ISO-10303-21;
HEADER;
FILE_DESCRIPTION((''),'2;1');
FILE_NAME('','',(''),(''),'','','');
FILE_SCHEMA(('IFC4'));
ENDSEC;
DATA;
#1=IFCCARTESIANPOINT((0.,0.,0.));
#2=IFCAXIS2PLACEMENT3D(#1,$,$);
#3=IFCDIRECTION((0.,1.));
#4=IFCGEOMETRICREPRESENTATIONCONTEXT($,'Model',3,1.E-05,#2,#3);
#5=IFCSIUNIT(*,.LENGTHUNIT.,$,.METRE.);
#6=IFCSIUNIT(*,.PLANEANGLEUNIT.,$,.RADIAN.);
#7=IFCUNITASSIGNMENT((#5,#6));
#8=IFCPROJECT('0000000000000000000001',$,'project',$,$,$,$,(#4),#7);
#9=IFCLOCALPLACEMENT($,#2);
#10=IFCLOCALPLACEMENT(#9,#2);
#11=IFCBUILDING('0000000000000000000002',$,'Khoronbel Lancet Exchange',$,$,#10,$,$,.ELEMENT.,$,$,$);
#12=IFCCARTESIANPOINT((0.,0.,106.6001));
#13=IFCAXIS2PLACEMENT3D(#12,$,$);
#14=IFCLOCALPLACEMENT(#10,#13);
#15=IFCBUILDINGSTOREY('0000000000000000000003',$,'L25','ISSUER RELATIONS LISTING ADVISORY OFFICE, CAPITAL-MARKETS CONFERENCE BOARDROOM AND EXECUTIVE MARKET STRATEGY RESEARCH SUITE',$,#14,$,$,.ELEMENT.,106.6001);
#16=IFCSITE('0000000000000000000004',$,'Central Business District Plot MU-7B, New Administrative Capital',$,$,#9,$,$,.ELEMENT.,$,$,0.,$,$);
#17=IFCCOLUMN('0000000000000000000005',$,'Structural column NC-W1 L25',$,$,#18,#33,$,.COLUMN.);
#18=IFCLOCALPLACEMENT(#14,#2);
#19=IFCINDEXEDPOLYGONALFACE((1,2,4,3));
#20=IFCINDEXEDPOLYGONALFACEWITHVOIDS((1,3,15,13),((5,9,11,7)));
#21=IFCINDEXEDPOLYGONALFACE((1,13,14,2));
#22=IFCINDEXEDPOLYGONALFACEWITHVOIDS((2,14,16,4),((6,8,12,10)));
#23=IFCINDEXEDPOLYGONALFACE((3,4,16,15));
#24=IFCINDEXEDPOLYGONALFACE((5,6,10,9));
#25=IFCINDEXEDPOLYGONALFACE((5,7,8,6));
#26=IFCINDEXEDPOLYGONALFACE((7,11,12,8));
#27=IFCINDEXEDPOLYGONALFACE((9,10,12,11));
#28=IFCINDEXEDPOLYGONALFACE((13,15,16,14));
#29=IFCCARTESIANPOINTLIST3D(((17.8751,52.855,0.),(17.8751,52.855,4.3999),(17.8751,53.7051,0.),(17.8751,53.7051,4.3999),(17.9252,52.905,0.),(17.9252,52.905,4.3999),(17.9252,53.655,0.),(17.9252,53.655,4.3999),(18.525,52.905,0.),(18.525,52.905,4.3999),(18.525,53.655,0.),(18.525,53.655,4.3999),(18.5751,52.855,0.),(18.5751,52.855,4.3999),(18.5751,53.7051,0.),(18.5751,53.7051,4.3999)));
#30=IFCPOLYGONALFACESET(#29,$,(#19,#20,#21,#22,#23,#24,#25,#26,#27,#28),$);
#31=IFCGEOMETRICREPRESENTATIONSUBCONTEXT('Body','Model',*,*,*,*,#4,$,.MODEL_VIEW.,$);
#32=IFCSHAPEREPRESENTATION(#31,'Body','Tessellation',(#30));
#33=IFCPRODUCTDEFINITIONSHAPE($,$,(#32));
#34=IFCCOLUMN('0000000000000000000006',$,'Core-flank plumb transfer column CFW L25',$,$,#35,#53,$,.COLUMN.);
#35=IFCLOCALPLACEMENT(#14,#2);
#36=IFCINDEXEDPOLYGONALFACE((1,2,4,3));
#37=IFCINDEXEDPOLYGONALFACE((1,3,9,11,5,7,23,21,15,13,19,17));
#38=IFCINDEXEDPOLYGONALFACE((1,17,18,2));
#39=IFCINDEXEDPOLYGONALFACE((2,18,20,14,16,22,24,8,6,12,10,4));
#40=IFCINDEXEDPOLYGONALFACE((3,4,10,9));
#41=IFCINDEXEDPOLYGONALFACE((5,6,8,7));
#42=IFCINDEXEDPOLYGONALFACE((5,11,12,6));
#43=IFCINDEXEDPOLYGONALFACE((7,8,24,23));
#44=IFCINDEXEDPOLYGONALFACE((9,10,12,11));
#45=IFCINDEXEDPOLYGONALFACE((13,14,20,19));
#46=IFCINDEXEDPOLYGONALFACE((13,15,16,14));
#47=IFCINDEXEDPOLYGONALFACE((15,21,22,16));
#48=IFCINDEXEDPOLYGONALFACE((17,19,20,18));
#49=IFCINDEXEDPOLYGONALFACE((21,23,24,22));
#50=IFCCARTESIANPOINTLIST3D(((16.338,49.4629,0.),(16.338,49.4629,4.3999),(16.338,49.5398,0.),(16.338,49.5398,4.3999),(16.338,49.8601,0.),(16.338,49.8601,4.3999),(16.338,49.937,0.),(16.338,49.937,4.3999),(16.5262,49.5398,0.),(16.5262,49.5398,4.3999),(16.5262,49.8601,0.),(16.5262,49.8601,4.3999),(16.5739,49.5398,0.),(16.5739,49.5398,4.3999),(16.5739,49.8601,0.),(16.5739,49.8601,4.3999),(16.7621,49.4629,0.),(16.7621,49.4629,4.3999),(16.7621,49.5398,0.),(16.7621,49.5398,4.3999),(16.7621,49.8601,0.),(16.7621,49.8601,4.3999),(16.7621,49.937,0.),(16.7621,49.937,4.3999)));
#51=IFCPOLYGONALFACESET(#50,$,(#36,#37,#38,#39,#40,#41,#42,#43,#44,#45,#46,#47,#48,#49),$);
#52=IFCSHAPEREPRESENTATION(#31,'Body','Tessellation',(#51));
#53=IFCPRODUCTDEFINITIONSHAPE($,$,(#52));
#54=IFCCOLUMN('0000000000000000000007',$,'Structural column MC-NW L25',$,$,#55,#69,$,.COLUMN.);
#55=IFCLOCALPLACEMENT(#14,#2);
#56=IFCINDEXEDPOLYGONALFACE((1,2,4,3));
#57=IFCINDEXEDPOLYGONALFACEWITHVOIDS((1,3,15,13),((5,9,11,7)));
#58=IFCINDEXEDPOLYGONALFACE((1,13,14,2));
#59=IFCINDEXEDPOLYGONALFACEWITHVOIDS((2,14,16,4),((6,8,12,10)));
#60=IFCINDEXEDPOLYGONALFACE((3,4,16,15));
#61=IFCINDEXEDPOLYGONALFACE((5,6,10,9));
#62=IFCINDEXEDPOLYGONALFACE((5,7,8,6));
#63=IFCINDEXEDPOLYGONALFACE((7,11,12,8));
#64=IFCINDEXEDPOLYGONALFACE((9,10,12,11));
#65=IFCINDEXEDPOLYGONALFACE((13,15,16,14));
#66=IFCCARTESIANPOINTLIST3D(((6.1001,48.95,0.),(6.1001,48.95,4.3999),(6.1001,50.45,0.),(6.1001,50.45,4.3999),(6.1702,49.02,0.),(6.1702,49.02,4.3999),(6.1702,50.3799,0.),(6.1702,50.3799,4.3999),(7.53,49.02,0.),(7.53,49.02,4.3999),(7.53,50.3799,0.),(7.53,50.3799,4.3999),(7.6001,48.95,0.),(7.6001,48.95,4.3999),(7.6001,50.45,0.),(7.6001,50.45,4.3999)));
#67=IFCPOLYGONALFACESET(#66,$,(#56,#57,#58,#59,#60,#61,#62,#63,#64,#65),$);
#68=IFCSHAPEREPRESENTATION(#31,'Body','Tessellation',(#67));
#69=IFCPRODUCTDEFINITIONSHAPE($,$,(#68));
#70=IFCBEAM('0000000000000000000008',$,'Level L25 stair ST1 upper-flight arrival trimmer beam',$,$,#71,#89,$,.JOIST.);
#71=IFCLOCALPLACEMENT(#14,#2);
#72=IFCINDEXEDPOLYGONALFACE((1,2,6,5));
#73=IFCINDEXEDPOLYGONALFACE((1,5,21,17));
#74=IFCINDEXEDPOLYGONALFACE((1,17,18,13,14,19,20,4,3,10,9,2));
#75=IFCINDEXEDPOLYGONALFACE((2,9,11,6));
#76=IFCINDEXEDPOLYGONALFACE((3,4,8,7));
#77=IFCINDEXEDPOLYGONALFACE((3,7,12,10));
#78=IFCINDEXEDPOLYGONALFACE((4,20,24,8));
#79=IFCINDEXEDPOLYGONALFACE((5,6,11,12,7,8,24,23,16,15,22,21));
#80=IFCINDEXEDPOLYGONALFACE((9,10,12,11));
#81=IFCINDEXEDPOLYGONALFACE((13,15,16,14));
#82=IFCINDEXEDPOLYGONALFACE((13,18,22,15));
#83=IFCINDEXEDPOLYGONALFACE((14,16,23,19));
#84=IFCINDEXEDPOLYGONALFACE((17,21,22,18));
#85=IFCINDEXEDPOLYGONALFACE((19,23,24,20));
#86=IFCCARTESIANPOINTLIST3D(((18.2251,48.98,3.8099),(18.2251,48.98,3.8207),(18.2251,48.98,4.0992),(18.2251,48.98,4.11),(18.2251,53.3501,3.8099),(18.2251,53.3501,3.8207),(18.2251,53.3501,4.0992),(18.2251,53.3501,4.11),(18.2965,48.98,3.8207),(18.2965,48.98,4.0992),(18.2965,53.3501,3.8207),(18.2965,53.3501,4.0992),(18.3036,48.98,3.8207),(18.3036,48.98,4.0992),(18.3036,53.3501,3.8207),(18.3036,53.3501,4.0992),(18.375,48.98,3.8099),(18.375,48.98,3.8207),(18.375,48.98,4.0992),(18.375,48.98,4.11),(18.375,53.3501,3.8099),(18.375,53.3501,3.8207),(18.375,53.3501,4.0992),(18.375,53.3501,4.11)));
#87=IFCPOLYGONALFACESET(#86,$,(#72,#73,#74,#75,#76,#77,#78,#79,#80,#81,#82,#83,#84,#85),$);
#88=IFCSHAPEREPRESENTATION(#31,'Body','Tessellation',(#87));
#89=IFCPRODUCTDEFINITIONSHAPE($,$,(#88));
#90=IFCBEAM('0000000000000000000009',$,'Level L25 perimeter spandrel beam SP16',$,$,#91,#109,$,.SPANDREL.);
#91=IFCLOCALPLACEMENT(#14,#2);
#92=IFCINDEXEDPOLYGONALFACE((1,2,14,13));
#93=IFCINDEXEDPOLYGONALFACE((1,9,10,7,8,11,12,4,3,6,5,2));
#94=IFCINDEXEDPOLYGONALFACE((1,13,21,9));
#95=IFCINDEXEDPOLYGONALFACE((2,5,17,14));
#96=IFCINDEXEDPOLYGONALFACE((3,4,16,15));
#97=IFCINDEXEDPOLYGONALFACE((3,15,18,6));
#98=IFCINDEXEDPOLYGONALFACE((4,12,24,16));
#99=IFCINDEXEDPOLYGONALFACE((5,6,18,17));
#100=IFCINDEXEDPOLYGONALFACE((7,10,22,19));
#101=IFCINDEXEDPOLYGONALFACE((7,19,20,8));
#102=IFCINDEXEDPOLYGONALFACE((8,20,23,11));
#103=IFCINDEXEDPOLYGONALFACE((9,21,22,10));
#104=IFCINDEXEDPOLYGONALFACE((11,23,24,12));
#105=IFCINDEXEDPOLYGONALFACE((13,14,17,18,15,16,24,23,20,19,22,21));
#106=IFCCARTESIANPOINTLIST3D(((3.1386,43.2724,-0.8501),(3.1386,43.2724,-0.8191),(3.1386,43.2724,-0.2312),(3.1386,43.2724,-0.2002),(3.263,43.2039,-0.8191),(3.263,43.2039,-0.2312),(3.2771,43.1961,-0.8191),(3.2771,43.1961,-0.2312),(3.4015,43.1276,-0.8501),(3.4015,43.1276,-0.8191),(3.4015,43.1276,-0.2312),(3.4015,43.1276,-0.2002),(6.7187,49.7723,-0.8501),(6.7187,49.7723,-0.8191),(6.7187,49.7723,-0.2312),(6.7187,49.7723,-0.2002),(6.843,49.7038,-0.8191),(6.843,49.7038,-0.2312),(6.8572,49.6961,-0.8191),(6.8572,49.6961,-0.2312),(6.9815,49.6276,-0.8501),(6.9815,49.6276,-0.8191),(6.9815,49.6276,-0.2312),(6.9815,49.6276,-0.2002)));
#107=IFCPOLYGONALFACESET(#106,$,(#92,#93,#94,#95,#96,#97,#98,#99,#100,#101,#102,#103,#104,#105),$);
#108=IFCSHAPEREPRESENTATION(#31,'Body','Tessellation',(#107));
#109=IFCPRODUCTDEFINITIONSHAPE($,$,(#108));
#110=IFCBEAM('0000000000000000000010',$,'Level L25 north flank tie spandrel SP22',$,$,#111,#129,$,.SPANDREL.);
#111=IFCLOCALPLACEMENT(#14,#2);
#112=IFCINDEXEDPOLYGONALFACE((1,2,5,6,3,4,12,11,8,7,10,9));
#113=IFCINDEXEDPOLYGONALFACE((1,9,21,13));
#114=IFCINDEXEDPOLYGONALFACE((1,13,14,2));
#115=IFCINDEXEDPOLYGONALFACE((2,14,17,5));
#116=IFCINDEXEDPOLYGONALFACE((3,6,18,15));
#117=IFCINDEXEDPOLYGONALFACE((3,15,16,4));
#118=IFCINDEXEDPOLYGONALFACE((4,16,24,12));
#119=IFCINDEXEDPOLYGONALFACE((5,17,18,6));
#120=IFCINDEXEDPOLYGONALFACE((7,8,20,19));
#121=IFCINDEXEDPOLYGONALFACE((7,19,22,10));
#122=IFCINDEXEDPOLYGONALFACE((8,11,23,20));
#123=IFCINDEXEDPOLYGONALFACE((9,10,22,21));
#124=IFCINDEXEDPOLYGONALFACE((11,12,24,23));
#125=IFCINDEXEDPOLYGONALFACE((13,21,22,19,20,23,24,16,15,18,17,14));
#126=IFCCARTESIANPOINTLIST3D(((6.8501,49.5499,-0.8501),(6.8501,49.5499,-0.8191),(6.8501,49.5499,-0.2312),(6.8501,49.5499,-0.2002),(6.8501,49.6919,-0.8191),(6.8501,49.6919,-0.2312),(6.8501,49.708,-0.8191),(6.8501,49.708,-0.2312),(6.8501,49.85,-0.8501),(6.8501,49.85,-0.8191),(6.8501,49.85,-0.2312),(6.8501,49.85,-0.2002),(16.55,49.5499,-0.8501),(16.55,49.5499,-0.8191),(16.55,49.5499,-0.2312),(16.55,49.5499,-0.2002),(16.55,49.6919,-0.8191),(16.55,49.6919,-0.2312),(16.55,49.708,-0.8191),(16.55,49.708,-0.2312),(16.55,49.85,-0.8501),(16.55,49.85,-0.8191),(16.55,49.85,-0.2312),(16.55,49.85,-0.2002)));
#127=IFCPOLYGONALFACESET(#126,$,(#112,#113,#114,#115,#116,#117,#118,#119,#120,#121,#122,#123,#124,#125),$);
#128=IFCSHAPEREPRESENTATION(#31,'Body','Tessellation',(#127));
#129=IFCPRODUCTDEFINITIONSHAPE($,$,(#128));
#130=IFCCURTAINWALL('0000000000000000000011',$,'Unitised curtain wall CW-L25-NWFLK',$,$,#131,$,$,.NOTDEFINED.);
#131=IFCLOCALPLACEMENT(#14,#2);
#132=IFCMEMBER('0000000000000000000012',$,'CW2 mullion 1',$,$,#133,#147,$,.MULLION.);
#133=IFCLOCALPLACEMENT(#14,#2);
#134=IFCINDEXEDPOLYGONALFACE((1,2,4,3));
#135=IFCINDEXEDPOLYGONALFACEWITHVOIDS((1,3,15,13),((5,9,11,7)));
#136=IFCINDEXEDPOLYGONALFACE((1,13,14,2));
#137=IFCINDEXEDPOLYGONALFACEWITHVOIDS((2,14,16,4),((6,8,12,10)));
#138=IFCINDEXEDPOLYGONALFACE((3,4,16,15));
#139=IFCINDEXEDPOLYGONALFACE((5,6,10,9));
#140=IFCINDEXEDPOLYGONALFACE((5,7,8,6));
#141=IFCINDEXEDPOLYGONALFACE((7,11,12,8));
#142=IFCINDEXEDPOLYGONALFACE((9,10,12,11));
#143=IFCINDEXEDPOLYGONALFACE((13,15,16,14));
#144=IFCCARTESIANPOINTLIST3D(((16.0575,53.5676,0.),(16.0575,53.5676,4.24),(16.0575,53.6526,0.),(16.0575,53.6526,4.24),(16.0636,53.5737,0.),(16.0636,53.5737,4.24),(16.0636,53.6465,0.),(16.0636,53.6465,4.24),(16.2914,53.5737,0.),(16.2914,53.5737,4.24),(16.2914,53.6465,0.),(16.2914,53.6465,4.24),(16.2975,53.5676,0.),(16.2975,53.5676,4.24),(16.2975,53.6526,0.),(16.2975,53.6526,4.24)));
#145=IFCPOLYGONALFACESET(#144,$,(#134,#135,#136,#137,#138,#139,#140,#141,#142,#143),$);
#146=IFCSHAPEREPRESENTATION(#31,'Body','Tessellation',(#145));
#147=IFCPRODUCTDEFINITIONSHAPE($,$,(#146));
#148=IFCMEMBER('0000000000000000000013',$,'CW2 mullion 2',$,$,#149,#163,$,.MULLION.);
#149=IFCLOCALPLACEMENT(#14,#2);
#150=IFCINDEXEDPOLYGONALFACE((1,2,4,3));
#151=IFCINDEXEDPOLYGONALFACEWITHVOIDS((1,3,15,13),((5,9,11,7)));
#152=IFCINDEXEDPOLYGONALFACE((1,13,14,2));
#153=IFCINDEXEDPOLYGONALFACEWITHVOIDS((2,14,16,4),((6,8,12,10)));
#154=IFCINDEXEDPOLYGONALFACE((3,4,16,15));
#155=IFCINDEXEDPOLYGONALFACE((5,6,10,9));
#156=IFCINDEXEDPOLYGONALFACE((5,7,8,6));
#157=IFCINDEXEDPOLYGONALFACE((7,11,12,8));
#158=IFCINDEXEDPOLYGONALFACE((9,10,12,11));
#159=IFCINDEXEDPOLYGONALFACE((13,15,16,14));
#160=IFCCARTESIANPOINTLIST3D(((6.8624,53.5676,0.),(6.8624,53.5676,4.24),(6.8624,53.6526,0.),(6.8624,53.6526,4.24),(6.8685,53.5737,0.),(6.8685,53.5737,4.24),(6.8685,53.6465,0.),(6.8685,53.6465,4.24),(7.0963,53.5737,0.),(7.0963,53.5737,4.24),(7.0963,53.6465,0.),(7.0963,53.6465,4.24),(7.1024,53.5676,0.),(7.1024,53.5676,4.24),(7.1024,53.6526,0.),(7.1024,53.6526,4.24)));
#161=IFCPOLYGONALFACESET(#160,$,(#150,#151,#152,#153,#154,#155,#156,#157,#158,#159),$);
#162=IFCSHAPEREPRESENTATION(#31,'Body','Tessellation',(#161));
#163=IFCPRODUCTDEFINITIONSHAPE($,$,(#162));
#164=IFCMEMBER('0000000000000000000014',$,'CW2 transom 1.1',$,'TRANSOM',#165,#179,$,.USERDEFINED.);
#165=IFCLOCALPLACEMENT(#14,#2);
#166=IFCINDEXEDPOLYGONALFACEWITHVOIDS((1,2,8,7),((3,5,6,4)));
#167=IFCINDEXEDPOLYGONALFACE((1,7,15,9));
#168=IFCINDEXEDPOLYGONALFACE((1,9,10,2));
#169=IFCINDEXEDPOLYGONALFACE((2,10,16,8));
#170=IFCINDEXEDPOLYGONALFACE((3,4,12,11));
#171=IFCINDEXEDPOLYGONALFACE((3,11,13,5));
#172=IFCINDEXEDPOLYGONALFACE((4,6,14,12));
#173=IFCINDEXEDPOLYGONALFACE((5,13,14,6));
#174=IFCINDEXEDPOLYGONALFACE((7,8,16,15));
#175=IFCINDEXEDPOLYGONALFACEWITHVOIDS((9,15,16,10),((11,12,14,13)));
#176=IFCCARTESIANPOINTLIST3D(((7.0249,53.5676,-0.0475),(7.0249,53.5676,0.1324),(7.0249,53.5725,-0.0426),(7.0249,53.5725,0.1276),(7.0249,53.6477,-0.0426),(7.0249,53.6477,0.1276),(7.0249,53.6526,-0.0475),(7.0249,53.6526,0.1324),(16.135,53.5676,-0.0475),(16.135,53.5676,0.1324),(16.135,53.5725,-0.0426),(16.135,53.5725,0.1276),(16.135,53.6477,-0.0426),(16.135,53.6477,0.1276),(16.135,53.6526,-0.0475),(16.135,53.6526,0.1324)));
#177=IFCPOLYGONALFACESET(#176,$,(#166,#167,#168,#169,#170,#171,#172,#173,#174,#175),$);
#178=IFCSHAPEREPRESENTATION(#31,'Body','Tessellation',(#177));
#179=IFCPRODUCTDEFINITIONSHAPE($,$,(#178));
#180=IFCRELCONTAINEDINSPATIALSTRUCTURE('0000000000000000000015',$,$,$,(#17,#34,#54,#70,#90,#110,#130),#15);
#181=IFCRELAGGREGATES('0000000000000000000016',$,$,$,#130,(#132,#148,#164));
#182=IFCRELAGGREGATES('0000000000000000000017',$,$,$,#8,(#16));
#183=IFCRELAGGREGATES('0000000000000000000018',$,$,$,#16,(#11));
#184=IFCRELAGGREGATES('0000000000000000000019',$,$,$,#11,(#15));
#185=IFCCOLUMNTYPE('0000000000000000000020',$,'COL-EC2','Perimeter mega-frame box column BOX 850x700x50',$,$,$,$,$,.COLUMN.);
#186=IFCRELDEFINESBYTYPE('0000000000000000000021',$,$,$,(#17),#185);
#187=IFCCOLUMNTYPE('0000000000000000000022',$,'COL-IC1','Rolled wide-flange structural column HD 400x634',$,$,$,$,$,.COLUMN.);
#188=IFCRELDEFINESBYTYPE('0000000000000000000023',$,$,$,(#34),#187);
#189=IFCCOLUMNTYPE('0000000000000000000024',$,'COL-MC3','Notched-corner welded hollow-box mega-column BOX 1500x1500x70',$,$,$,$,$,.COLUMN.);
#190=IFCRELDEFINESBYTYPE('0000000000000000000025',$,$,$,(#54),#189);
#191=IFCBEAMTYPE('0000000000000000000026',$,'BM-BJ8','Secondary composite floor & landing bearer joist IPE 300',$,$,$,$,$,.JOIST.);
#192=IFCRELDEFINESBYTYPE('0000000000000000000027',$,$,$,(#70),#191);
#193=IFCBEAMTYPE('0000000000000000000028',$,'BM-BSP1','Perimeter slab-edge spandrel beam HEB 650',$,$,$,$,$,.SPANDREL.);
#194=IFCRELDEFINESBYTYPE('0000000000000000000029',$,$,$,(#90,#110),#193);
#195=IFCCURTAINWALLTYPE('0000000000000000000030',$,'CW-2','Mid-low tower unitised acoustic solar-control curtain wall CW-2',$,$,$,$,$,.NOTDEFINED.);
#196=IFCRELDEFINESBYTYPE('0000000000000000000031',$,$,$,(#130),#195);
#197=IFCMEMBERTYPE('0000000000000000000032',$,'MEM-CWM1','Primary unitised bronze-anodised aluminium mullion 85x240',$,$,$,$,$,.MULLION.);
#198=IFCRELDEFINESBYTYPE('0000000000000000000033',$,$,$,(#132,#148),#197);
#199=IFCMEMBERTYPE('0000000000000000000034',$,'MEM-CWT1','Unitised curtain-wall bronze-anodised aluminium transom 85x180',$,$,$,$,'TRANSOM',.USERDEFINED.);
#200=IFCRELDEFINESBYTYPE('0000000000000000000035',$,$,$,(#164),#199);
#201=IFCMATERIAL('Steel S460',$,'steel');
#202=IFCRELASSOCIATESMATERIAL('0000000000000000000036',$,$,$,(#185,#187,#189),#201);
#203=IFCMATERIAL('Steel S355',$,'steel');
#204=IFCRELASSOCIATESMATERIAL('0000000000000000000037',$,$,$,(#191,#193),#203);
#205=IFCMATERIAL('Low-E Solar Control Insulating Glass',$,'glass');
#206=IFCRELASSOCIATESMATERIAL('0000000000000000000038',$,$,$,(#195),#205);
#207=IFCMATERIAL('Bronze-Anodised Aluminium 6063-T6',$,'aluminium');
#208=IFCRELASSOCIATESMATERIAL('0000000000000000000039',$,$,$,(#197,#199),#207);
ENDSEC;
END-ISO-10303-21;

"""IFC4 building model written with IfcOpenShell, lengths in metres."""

from ifc_helpers import new_model, si_unit, direction, frame, origin, origin_2d, place, context, subcontext, project, spatial, hollow_rectangle, i_section, extrude, material, material_profile, profile_set, type_object, element, aggregate, save


model = new_model("IFC4")

# Units and contexts
model_context = context("Model", 3, precision=1e-05, world=origin(), true_north=direction((0.0, 1.0)))
body_context = subcontext(model_context, "Body", "Model", "MODEL_VIEW")
ifc_project = project(units=[si_unit("LENGTHUNIT", "METRE"), si_unit("PLANEANGLEUNIT", "RADIAN")], contexts=[model_context])

# Site, building, storey
site_placement = place(None, origin())
site = spatial("IfcSite", under=ifc_project, at=site_placement, Name="Central Business District Plot MU-7B, New Administrative Capital", CompositionType="ELEMENT", RefElevation=0.0)
building_placement = place(site_placement, origin())
building = spatial("IfcBuilding", under=site, at=building_placement, Name="Khoronbel Lancet Exchange", CompositionType="ELEMENT")
storey_placement = place(building_placement, frame((0.0, 0.0, 106.6001)))
storey = spatial("IfcBuildingStorey", under=building, at=storey_placement, Name="L25", Description="ISSUER RELATIONS LISTING ADVISORY OFFICE, CAPITAL-MARKETS CONFERENCE BOARDROOM AND EXECUTIVE MARKET STRATEGY RESEARCH SUITE", CompositionType="ELEMENT", Elevation=106.6001)

# Columns
ifc_material_1 = material(Name="Steel S460", Category="steel")
ifc_material_profile_1 = material_profile(ifc_material_1, hollow_rectangle(XDim=0.7, YDim=0.8501, WallThickness=0.05, at=origin_2d()), Name="BOX 850x700x50")
ifc_profile_set_1 = profile_set([ifc_material_profile_1], Name="Steel S460")
column_type_1 = type_object("IfcColumnType", Name="COL-EC2", Description="Perimeter mega-frame box column BOX 850x700x50", PredefinedType="COLUMN", material=ifc_profile_set_1)
column_1_placement = place(storey_placement, frame((18.2251, 53.28, 0.0), z_axis=(0.0, 0.0, 1.0), x_axis=(1.0, 0.0, 0.0)))
element("IfcColumn", 1, at=column_1_placement, inside=storey, type_object=column_type_1, Name="Structural column NC-W1 L25", PredefinedType="COLUMN", context=body_context, shape_type="SweptSolid", body=[
    extrude(hollow_rectangle(XDim=0.7, YDim=0.8501, WallThickness=0.05, at=origin_2d()), origin(), (0.0, 0.0, 1.0), 4.3999),
])
ifc_material_profile_2 = material_profile(ifc_material_1, i_section(OverallWidth=0.4241, OverallDepth=0.4741, WebThickness=0.0476, FlangeThickness=0.0769, at=origin_2d()), Name="HD 400x634")
ifc_profile_set_2 = profile_set([ifc_material_profile_2], Name="Steel S460")
column_type_2 = type_object("IfcColumnType", Name="COL-IC1", Description="Rolled wide-flange structural column HD 400x634", PredefinedType="COLUMN", material=ifc_profile_set_2)
column_2_placement = place(storey_placement, frame((16.55, 49.7, 0.0), z_axis=(0.0, 0.0, 1.0), x_axis=(1.0, 0.0, 0.0)))
element("IfcColumn", 2, at=column_2_placement, inside=storey, type_object=column_type_2, Name="Core-flank plumb transfer column CFW L25", PredefinedType="COLUMN", context=body_context, shape_type="SweptSolid", body=[
    extrude(i_section(OverallWidth=0.4241, OverallDepth=0.4741, WebThickness=0.0476, FlangeThickness=0.0769, at=origin_2d()), origin(), (0.0, 0.0, 1.0), 4.3999),
])
ifc_material_profile_3 = material_profile(ifc_material_1, hollow_rectangle(XDim=1.5, YDim=1.5, WallThickness=0.0701, at=origin_2d()), Name="BOX 1500x1500x70")
ifc_profile_set_3 = profile_set([ifc_material_profile_3], Name="Steel S460")
column_type_3 = type_object("IfcColumnType", Name="COL-MC3", Description="Notched-corner welded hollow-box mega-column BOX 1500x1500x70", PredefinedType="COLUMN", material=ifc_profile_set_3)
column_3_placement = place(storey_placement, frame((6.8501, 49.7, 0.0), z_axis=(0.0, 0.0, 1.0), x_axis=(1.0, 0.0, 0.0)))
element("IfcColumn", 3, at=column_3_placement, inside=storey, type_object=column_type_3, Name="Structural column MC-NW L25", PredefinedType="COLUMN", context=body_context, shape_type="SweptSolid", body=[
    extrude(hollow_rectangle(XDim=1.5, YDim=1.5, WallThickness=0.0701, at=origin_2d()), origin(), (0.0, 0.0, 1.0), 4.3999),
])

# Beams
ifc_material_2 = material(Name="Steel S355", Category="steel")
ifc_material_profile_4 = material_profile(ifc_material_2, i_section(OverallWidth=0.1499, OverallDepth=0.3, WebThickness=0.0071, FlangeThickness=0.0107, at=origin_2d()), Name="IPE 300")
ifc_profile_set_4 = profile_set([ifc_material_profile_4], Name="Steel S355")
beam_type_1 = type_object("IfcBeamType", Name="BM-BJ8", Description="Secondary composite floor & landing bearer joist IPE 300", PredefinedType="JOIST", material=ifc_profile_set_4)
beam_1_placement = place(storey_placement, frame((18.3, 48.98, 3.96), z_axis=(0.0, 1.0, 0.0), x_axis=(-1.0, 0.0, 0.0)))
element("IfcBeam", 4, at=beam_1_placement, inside=storey, type_object=beam_type_1, Name="Level L25 stair ST1 upper-flight arrival trimmer beam", PredefinedType="JOIST", context=body_context, shape_type="SweptSolid", body=[
    extrude(i_section(OverallWidth=0.1499, OverallDepth=0.3, WebThickness=0.0071, FlangeThickness=0.0107, at=origin_2d()), origin(), (0.0, 0.0, 1.0), 4.3701),
])
ifc_material_profile_5 = material_profile(ifc_material_2, i_section(OverallWidth=0.3, OverallDepth=0.6499, WebThickness=0.0161, FlangeThickness=0.031, at=origin_2d()), Name="HEB 650")
ifc_profile_set_5 = profile_set([ifc_material_profile_5], Name="Steel S355")
beam_type_2 = type_object("IfcBeamType", Name="BM-BSP1", Description="Perimeter slab-edge spandrel beam HEB 650", PredefinedType="SPANDREL", material=ifc_profile_set_5)
beam_2_placement = place(storey_placement, frame((6.8501, 49.7, -0.5251), z_axis=(-0.482444, -0.875927, 0.0), x_axis=(0.875927, -0.482444, 0.0)))
element("IfcBeam", 5, at=beam_2_placement, inside=storey, type_object=beam_type_2, Name="Level L25 perimeter spandrel beam SP16", PredefinedType="SPANDREL", context=body_context, shape_type="SweptSolid", body=[
    extrude(i_section(OverallWidth=0.3, OverallDepth=0.6499, WebThickness=0.0161, FlangeThickness=0.031, at=origin_2d()), origin(), (0.0, 0.0, 1.0), 7.4207),
])
beam_3_placement = place(storey_placement, frame((6.8501, 49.7, -0.5251), z_axis=(1.0, 0.0, 0.0), x_axis=(0.0, 1.0, 0.0)))
element("IfcBeam", 6, at=beam_3_placement, inside=storey, type_object=beam_type_2, Name="Level L25 north flank tie spandrel SP22", PredefinedType="SPANDREL", context=body_context, shape_type="SweptSolid", body=[
    extrude(i_section(OverallWidth=0.3, OverallDepth=0.6499, WebThickness=0.0161, FlangeThickness=0.031, at=origin_2d()), origin(), (0.0, 0.0, 1.0), 9.7),
])

# Curtain wall, members
ifc_material_3 = material(Name="Low-E Solar Control Insulating Glass", Category="glass")
curtain_wall_type = type_object("IfcCurtainWallType", Name="CW-2", Description="Mid-low tower unitised acoustic solar-control curtain wall CW-2", PredefinedType="NOTDEFINED", material=ifc_material_3)
curtain_wall_placement = place(storey_placement, origin())
curtain_wall = element("IfcCurtainWall", 7, at=curtain_wall_placement, inside=storey, type_object=curtain_wall_type, Name="Unitised curtain wall CW-L25-NWFLK", PredefinedType="NOTDEFINED")
ifc_material_4 = material(Name="Bronze-Anodised Aluminium 6063-T6", Category="aluminium")
ifc_material_profile_6 = material_profile(ifc_material_4, hollow_rectangle(XDim=0.085, YDim=0.24, WallThickness=0.0061, at=origin_2d()), Name="ALU MULLION 85x240")
ifc_profile_set_6 = profile_set([ifc_material_profile_6], Name="Bronze-Anodised Aluminium 6063-T6")
member_type_1 = type_object("IfcMemberType", Name="MEM-CWM1", Description="Primary unitised bronze-anodised aluminium mullion 85x240", PredefinedType="MULLION", material=ifc_profile_set_6)
member_1_placement = place(storey_placement, frame((16.1775, 53.6101, 0.0), z_axis=(0.0, 0.0, 1.0), x_axis=(0.0, -1.0, 0.0)))
member_1 = element("IfcMember", 8, at=member_1_placement, type_object=member_type_1, Name="CW2 mullion 1", PredefinedType="MULLION", context=body_context, shape_type="SweptSolid", body=[
    extrude(hollow_rectangle(XDim=0.085, YDim=0.24, WallThickness=0.0061, at=origin_2d()), origin(), (0.0, 0.0, 1.0), 4.24),
])
member_2_placement = place(storey_placement, frame((6.9824, 53.6101, 0.0), z_axis=(0.0, 0.0, 1.0), x_axis=(0.0, -1.0, 0.0)))
member_2 = element("IfcMember", 9, at=member_2_placement, type_object=member_type_1, Name="CW2 mullion 2", PredefinedType="MULLION", context=body_context, shape_type="SweptSolid", body=[
    extrude(hollow_rectangle(XDim=0.085, YDim=0.24, WallThickness=0.0061, at=origin_2d()), origin(), (0.0, 0.0, 1.0), 4.24),
])
ifc_material_profile_7 = material_profile(ifc_material_4, hollow_rectangle(XDim=0.085, YDim=0.1799, WallThickness=0.0049, at=origin_2d()), Name="ALU TRANSOM 85x180")
ifc_profile_set_7 = profile_set([ifc_material_profile_7], Name="Bronze-Anodised Aluminium 6063-T6")
member_type_2 = type_object("IfcMemberType", Name="MEM-CWT1", Description="Unitised curtain-wall bronze-anodised aluminium transom 85x180", ElementType="TRANSOM", PredefinedType="USERDEFINED", material=ifc_profile_set_7)
member_3_placement = place(storey_placement, frame((16.135, 53.6101, 0.0425), z_axis=(-1.0, 0.0, 0.0), x_axis=(0.0, -1.0, 0.0)))
member_3 = element("IfcMember", 10, at=member_3_placement, type_object=member_type_2, Name="CW2 transom 1.1", ObjectType="TRANSOM", PredefinedType="USERDEFINED", context=body_context, shape_type="SweptSolid", body=[
    extrude(hollow_rectangle(XDim=0.085, YDim=0.1799, WallThickness=0.0049, at=origin_2d()), origin(), (0.0, 0.0, 1.0), 9.1101),
])

aggregate(curtain_wall, [member_1, member_2, member_3])

save(model, "model.ifc")
